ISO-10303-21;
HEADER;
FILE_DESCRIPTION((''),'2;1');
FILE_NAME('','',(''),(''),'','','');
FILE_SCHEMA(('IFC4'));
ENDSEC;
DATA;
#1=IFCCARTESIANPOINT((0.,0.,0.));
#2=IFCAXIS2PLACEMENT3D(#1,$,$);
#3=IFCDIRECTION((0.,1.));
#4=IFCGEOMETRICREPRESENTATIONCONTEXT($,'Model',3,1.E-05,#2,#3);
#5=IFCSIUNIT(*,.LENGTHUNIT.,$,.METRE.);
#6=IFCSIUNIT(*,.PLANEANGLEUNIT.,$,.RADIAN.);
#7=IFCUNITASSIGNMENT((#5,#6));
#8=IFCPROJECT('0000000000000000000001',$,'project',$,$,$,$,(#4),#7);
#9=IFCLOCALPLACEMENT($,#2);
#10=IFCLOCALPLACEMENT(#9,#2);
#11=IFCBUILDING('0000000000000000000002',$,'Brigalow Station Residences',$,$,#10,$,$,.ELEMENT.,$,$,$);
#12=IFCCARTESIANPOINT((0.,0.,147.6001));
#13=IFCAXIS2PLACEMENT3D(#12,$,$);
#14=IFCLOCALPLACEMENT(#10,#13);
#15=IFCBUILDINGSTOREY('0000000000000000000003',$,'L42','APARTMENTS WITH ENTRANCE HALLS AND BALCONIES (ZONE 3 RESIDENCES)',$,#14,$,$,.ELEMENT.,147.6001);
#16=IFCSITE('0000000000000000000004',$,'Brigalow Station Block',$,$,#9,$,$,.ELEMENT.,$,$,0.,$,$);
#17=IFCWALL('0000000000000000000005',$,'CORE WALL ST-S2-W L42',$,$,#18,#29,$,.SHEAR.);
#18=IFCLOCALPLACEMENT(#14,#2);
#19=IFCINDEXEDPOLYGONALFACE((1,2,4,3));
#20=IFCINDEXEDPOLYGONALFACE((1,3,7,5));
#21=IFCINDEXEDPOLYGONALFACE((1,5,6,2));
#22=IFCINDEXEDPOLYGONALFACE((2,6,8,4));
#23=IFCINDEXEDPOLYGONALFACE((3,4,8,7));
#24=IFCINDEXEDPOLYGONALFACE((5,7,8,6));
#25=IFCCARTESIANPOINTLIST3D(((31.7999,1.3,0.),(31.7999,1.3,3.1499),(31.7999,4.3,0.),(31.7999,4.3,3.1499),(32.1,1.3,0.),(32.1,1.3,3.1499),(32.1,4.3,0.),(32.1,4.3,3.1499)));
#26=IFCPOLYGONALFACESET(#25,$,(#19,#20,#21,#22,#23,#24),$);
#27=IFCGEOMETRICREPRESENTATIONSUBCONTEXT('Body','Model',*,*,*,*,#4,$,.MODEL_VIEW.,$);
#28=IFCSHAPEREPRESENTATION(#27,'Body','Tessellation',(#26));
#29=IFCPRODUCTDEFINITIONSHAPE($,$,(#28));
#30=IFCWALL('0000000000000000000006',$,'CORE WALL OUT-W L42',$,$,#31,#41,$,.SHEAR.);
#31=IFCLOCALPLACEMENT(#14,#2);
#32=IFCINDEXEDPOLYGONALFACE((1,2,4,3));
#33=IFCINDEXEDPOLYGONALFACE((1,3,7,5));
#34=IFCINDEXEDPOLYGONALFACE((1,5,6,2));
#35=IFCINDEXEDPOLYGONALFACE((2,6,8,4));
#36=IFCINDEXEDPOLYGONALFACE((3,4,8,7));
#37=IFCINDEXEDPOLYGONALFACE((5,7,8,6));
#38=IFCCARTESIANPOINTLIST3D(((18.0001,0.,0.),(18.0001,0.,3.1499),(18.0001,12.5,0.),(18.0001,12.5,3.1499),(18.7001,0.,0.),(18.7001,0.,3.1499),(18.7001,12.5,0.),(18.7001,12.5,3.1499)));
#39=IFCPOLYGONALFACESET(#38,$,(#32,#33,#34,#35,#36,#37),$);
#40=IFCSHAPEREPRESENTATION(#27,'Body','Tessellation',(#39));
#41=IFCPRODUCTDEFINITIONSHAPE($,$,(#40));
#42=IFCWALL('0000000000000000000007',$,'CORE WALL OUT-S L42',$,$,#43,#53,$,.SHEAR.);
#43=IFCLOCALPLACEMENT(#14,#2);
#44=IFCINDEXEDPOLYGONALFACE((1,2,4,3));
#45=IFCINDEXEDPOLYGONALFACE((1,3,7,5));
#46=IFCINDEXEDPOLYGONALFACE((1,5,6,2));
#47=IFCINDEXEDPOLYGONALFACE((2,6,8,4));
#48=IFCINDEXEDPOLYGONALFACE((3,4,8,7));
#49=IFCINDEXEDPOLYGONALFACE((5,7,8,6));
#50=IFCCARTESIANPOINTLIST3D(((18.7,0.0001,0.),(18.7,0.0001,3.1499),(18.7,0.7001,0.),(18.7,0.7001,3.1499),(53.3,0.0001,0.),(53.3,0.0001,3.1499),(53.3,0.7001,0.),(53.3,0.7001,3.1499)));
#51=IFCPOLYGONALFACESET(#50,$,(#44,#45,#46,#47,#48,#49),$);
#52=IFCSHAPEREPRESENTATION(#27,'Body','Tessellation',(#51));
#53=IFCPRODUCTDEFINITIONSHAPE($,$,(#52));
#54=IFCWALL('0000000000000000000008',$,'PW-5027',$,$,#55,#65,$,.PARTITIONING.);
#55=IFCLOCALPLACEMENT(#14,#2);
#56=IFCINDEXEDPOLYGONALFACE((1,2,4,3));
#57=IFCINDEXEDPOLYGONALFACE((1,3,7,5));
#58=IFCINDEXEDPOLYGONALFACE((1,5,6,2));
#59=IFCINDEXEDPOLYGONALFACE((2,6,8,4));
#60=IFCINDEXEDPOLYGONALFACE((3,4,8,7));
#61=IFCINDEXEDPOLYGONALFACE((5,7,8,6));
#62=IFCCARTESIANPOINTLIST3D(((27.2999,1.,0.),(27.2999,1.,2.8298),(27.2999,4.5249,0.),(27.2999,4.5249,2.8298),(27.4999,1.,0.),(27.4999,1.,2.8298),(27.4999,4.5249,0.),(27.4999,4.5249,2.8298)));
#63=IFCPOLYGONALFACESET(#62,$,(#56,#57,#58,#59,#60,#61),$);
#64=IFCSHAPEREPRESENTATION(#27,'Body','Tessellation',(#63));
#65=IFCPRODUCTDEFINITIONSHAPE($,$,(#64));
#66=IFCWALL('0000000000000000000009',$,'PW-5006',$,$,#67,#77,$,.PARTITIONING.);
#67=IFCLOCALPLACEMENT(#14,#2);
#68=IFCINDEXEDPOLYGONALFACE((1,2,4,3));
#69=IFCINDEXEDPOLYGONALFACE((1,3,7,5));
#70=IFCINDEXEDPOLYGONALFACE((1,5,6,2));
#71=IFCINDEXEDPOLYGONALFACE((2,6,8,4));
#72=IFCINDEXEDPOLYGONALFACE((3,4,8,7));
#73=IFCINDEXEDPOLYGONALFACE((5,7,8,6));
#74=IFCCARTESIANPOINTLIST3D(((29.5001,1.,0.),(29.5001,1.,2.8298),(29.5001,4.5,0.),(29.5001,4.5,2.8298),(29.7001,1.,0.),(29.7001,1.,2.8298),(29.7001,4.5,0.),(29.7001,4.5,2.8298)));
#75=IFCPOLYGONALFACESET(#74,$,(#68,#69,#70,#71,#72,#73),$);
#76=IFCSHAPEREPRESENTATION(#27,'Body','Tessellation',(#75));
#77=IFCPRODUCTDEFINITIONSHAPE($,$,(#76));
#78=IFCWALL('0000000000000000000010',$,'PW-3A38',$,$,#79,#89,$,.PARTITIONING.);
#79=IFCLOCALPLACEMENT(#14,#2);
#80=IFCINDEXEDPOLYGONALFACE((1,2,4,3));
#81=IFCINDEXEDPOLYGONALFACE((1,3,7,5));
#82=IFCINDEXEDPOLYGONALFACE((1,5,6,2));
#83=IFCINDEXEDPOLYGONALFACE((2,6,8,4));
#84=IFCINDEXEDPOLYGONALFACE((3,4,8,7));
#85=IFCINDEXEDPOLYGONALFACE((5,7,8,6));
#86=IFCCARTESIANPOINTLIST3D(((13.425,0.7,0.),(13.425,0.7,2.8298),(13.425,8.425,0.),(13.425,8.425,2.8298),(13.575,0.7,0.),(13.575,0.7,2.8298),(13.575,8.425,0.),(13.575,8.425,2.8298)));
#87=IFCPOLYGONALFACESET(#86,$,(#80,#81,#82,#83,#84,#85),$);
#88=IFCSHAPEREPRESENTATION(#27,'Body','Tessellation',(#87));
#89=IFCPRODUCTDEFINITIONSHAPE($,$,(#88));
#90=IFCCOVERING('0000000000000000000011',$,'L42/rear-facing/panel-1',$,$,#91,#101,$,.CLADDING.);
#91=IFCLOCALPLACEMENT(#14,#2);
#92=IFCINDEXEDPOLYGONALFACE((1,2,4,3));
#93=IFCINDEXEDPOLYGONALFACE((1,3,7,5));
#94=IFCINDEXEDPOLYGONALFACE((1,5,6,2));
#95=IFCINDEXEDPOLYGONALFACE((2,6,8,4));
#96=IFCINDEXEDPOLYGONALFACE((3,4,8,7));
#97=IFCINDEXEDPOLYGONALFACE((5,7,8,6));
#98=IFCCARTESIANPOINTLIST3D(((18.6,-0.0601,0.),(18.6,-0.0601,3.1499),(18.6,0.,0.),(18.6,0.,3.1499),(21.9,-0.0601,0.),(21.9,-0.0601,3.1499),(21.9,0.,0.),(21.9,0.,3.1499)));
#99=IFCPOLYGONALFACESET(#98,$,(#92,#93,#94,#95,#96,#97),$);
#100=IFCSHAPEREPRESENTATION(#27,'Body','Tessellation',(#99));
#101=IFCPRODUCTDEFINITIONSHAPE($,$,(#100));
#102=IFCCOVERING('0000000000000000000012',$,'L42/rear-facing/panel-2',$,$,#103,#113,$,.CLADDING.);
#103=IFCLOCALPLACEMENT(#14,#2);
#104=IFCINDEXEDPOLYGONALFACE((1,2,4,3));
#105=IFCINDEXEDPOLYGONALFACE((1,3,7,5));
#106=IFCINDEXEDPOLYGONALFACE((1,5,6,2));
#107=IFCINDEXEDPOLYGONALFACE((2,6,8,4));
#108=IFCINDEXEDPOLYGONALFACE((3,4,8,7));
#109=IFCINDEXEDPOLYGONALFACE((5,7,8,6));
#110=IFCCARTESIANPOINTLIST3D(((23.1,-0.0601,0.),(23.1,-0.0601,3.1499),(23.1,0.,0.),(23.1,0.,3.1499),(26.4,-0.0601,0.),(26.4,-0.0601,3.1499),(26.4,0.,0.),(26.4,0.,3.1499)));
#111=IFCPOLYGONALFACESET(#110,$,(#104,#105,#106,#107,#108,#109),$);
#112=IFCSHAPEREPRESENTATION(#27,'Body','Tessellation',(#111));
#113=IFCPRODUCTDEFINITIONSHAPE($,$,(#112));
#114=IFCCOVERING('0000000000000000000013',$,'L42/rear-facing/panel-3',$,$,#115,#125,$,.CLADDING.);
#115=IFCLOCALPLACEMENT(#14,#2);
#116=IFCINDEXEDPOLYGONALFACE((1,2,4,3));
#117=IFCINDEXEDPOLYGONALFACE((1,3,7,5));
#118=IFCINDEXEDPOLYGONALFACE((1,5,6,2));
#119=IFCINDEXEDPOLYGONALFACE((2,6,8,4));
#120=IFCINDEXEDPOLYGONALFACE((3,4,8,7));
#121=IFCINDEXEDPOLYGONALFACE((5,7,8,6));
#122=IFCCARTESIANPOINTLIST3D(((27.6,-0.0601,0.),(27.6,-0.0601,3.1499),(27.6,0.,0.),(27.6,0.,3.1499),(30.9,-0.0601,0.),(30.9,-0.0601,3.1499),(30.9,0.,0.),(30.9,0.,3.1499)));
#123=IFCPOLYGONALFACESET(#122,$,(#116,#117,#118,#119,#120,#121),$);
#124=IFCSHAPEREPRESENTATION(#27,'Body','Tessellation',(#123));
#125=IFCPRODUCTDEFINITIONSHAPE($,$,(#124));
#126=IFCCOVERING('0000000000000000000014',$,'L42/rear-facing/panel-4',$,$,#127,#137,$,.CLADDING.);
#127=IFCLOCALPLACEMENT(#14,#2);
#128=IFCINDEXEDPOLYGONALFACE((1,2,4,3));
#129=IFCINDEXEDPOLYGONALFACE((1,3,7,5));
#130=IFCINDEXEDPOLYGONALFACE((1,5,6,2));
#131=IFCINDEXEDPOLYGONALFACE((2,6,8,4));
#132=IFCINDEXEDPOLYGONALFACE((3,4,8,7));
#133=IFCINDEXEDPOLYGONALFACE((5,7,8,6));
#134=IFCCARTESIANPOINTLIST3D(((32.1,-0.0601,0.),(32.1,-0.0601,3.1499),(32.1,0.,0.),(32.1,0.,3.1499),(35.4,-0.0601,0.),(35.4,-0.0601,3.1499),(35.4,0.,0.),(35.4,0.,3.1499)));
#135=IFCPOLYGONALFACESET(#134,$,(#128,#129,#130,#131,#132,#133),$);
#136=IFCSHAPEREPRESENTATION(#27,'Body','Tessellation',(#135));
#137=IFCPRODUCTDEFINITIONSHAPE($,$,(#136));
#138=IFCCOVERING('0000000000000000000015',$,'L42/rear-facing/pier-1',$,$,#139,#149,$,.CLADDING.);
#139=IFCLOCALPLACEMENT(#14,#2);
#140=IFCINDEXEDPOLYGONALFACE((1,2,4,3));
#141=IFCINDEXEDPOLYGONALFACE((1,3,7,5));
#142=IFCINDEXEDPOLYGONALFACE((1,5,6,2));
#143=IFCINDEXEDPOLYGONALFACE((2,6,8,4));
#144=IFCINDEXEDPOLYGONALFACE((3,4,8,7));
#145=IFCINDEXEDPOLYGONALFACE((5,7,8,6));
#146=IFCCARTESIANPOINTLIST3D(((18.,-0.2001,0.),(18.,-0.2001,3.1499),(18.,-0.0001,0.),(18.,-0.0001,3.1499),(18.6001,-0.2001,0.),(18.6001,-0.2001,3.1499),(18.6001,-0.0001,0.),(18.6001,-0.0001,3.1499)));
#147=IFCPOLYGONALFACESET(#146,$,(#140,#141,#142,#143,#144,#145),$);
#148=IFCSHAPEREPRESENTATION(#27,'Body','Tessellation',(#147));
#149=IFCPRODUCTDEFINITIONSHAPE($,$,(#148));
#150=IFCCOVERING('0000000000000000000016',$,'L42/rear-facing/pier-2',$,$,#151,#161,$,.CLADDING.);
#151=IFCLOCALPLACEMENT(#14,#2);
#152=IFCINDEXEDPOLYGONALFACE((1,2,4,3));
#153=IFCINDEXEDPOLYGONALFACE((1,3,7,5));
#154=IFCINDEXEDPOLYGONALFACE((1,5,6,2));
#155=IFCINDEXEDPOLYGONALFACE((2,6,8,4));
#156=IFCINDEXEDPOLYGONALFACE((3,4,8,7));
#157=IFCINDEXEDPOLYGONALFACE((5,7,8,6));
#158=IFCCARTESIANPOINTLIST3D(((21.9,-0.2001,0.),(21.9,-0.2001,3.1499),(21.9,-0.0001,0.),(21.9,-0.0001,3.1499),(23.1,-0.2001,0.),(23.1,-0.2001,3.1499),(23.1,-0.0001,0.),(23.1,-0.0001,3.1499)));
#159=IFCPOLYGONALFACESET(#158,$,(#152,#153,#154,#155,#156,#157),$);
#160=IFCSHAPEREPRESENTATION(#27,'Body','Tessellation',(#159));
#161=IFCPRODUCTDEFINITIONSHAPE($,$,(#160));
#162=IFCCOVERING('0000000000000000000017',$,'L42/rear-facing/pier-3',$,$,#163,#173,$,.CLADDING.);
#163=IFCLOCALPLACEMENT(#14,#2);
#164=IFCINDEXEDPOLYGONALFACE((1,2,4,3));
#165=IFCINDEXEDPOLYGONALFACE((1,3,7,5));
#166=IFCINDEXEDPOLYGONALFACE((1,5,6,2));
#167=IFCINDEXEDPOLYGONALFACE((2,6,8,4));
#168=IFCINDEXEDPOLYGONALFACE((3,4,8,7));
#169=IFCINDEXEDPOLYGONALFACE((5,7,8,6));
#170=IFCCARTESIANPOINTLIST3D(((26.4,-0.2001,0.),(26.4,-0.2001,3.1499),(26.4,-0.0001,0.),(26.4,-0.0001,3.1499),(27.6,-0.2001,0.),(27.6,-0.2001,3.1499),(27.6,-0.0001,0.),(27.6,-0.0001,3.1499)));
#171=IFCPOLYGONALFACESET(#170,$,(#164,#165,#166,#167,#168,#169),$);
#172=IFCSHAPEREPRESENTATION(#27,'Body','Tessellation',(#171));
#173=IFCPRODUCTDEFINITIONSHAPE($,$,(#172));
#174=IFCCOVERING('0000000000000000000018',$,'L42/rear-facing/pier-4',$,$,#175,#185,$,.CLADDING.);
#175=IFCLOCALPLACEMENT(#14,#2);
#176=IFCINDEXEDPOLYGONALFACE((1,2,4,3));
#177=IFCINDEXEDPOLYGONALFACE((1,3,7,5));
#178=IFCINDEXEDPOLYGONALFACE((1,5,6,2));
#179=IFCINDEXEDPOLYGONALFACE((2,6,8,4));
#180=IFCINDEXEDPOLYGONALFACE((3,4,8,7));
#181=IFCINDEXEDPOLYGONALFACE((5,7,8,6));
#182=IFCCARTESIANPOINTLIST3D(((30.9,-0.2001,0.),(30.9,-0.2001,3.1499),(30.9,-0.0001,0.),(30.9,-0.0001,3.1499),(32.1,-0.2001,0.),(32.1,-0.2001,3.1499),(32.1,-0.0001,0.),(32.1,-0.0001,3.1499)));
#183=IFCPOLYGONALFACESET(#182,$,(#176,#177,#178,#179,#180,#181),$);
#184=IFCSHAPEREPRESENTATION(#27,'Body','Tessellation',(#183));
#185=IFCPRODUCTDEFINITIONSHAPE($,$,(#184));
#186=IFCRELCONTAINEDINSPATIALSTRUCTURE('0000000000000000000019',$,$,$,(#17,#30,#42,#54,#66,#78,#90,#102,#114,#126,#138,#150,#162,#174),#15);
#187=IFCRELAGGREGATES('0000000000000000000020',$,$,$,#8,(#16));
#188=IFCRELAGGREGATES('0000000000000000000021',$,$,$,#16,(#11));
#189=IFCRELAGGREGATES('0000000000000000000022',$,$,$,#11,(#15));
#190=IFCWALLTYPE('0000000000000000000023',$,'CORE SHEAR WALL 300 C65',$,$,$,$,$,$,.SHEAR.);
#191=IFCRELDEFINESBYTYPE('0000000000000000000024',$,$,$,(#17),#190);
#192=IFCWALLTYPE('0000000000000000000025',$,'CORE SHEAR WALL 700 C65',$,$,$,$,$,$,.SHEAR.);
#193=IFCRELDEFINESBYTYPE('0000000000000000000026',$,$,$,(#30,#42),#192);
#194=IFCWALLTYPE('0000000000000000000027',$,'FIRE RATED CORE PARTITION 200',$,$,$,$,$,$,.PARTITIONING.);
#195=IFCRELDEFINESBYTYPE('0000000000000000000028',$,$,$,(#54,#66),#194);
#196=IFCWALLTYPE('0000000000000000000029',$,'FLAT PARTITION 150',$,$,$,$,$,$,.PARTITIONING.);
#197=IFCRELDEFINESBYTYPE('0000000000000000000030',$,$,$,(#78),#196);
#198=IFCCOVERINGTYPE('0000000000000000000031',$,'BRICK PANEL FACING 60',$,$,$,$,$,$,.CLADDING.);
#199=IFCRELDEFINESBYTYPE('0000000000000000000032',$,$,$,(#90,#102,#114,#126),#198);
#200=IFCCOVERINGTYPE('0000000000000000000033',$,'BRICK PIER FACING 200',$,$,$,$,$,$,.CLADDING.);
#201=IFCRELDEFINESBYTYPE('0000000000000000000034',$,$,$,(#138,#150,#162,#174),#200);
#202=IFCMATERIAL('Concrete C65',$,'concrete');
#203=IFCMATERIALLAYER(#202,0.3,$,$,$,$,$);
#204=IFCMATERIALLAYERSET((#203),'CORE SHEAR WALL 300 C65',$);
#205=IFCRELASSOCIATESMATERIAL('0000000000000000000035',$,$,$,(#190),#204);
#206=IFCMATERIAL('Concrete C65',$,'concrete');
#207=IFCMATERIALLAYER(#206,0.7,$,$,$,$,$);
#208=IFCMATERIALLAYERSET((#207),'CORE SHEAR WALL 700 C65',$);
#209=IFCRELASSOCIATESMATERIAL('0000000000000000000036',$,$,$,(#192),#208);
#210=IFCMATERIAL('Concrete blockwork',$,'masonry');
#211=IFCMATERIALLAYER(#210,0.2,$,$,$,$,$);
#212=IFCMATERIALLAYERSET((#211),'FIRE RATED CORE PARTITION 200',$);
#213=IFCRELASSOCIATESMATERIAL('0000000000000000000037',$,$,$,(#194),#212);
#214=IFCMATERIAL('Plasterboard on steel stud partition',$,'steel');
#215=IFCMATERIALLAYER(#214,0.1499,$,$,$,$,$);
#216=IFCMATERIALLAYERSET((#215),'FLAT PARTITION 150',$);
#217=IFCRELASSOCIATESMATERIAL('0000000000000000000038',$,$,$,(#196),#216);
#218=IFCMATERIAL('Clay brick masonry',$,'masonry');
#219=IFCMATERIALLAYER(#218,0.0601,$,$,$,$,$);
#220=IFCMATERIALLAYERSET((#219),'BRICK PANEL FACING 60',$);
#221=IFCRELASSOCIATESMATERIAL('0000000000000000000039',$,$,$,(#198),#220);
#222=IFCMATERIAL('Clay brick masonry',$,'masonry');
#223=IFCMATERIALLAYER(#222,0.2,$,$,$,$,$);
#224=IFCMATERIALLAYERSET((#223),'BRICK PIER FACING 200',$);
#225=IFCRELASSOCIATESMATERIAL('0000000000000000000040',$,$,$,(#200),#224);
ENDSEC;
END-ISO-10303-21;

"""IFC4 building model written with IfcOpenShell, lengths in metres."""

from ifc_helpers import new_model, si_unit, direction, frame, frame_2d, origin, origin_2d, place, context, subcontext, project, spatial, rectangle, extrude, material, layer, layer_set, type_object, element, save


model = new_model("IFC4")

# Units and contexts
model_context = context("Model", 3, precision=1e-05, world=origin(), true_north=direction((0.0, 1.0)))
body_context = subcontext(model_context, "Body", "Model", "MODEL_VIEW")
ifc_project = project(units=[si_unit("LENGTHUNIT", "METRE"), si_unit("PLANEANGLEUNIT", "RADIAN")], contexts=[model_context])

# Site, building, storey
site_placement = place(None, origin())
site = spatial("IfcSite", under=ifc_project, at=site_placement, Name="Brigalow Station Block", CompositionType="ELEMENT", RefElevation=0.0)
building_placement = place(site_placement, origin())
building = spatial("IfcBuilding", under=site, at=building_placement, Name="Brigalow Station Residences", CompositionType="ELEMENT")
storey_placement = place(building_placement, frame((0.0, 0.0, 147.6001)))
storey = spatial("IfcBuildingStorey", under=building, at=storey_placement, Name="L42", Description="APARTMENTS WITH ENTRANCE HALLS AND BALCONIES (ZONE 3 RESIDENCES)", CompositionType="ELEMENT", Elevation=147.6001)

# Shared definitions
ifc_material_1 = material(Name="Concrete C65", Category="concrete")
ifc_layer_1 = layer(ifc_material_1, 0.3)
ifc_layer_set_1 = layer_set([ifc_layer_1], Name="CORE SHEAR WALL 300 C65")
wall_type_1 = type_object("IfcWallType", Name="CORE SHEAR WALL 300 C65", PredefinedType="SHEAR", material=ifc_layer_set_1)

# Walls
wall_1_placement = place(storey_placement, frame((31.95, 1.3, 0.0), z_axis=(0.0, 0.0, 1.0), x_axis=(0.0, 1.0, 0.0)))
element("IfcWall", 1, at=wall_1_placement, inside=storey, type_object=wall_type_1, Name="CORE WALL ST-S2-W L42", PredefinedType="SHEAR", context=body_context, shape_type="SweptSolid", body=[
    extrude(rectangle(XDim=3.0, YDim=0.3, at=frame_2d((1.5, 0.0))), origin(), (0.0, 0.0, 1.0), 3.1499),
])
ifc_material_2 = material(Name="Concrete C65", Category="concrete")
ifc_layer_2 = layer(ifc_material_2, 0.7)
ifc_layer_set_2 = layer_set([ifc_layer_2], Name="CORE SHEAR WALL 700 C65")
wall_type_2 = type_object("IfcWallType", Name="CORE SHEAR WALL 700 C65", PredefinedType="SHEAR", material=ifc_layer_set_2)
wall_2_placement = place(storey_placement, frame((18.3501, 0.0, 0.0), z_axis=(0.0, 0.0, 1.0), x_axis=(0.0, 1.0, 0.0)))
element("IfcWall", 2, at=wall_2_placement, inside=storey, type_object=wall_type_2, Name="CORE WALL OUT-W L42", PredefinedType="SHEAR", context=body_context, shape_type="SweptSolid", body=[
    extrude(rectangle(XDim=12.5, YDim=0.7, at=frame_2d((6.25, 0.0))), origin(), (0.0, 0.0, 1.0), 3.1499),
])
wall_3_placement = place(storey_placement, frame((18.7, 0.3501, 0.0), z_axis=(0.0, 0.0, 1.0), x_axis=(1.0, 0.0, 0.0)))
element("IfcWall", 3, at=wall_3_placement, inside=storey, type_object=wall_type_2, Name="CORE WALL OUT-S L42", PredefinedType="SHEAR", context=body_context, shape_type="SweptSolid", body=[
    extrude(rectangle(XDim=34.6001, YDim=0.7, at=frame_2d((17.3, 0.0))), origin(), (0.0, 0.0, 1.0), 3.1499),
])
ifc_material_3 = material(Name="Concrete blockwork", Category="masonry")
ifc_layer_3 = layer(ifc_material_3, 0.2)
ifc_layer_set_3 = layer_set([ifc_layer_3], Name="FIRE RATED CORE PARTITION 200")
wall_type_3 = type_object("IfcWallType", Name="FIRE RATED CORE PARTITION 200", PredefinedType="PARTITIONING", material=ifc_layer_set_3)
wall_4_placement = place(storey_placement, frame((27.3999, 1.0, 0.0), z_axis=(0.0, 0.0, 1.0), x_axis=(0.0, 1.0, 0.0)))
element("IfcWall", 4, at=wall_4_placement, inside=storey, type_object=wall_type_3, Name="PW-5027", PredefinedType="PARTITIONING", context=body_context, shape_type="SweptSolid", body=[
    extrude(rectangle(XDim=3.5249, YDim=0.2, at=frame_2d((1.7625, 0.0))), origin(), (0.0, 0.0, 1.0), 2.8298),
])
wall_5_placement = place(storey_placement, frame((29.6001, 1.0, 0.0), z_axis=(0.0, 0.0, 1.0), x_axis=(0.0, 1.0, 0.0)))
element("IfcWall", 5, at=wall_5_placement, inside=storey, type_object=wall_type_3, Name="PW-5006", PredefinedType="PARTITIONING", context=body_context, shape_type="SweptSolid", body=[
    extrude(rectangle(XDim=3.5, YDim=0.2, at=frame_2d((1.75, 0.0))), origin(), (0.0, 0.0, 1.0), 2.8298),
])
ifc_material_4 = material(Name="Plasterboard on steel stud partition", Category="steel")
ifc_layer_4 = layer(ifc_material_4, 0.1499)
ifc_layer_set_4 = layer_set([ifc_layer_4], Name="FLAT PARTITION 150")
wall_type_4 = type_object("IfcWallType", Name="FLAT PARTITION 150", PredefinedType="PARTITIONING", material=ifc_layer_set_4)
wall_6_placement = place(storey_placement, frame((13.5, 0.7, 0.0), z_axis=(0.0, 0.0, 1.0), x_axis=(0.0, 1.0, 0.0)))
element("IfcWall", 6, at=wall_6_placement, inside=storey, type_object=wall_type_4, Name="PW-3A38", PredefinedType="PARTITIONING", context=body_context, shape_type="SweptSolid", body=[
    extrude(rectangle(XDim=7.7251, YDim=0.1499, at=frame_2d((3.8625, 0.0))), origin(), (0.0, 0.0, 1.0), 2.8298),
])

# Coverings
ifc_material_5 = material(Name="Clay brick masonry", Category="masonry")
ifc_layer_5 = layer(ifc_material_5, 0.0601)
ifc_layer_set_5 = layer_set([ifc_layer_5], Name="BRICK PANEL FACING 60")
covering_type_1 = type_object("IfcCoveringType", Name="BRICK PANEL FACING 60", PredefinedType="CLADDING", material=ifc_layer_set_5)
for number, where, z_axis, x_axis, name in (
    (7, (20.25, -0.03, 0.0), (0.0, 0.0, 1.0), (1.0, 0.0, 0.0), "L42/rear-facing/panel-1"),
    (8, (24.75, -0.03, 0.0), (0.0, 0.0, 1.0), (1.0, 0.0, 0.0), "L42/rear-facing/panel-2"),
    (9, (29.25, -0.03, 0.0), (0.0, 0.0, 1.0), (1.0, 0.0, 0.0), "L42/rear-facing/panel-3"),
    (10, (33.75, -0.03, 0.0), (0.0, 0.0, 1.0), (1.0, 0.0, 0.0), "L42/rear-facing/panel-4"),
):
    element("IfcCovering", number, at=place(storey_placement, frame(where, z_axis=z_axis, x_axis=x_axis)), inside=storey, type_object=covering_type_1, Name=name, PredefinedType="CLADDING", context=body_context, shape_type="SweptSolid", body=[
        extrude(rectangle(XDim=3.3, YDim=0.0601, at=origin_2d()), origin(), (0.0, 0.0, 1.0), 3.1499),
    ])
ifc_material_6 = material(Name="Clay brick masonry", Category="masonry")
ifc_layer_6 = layer(ifc_material_6, 0.2)
ifc_layer_set_6 = layer_set([ifc_layer_6], Name="BRICK PIER FACING 200")
covering_type_2 = type_object("IfcCoveringType", Name="BRICK PIER FACING 200", PredefinedType="CLADDING", material=ifc_layer_set_6)
covering_placement = place(storey_placement, frame((18.3, -0.1001, 0.0), z_axis=(0.0, 0.0, 1.0), x_axis=(1.0, 0.0, 0.0)))
element("IfcCovering", 11, at=covering_placement, inside=storey, type_object=covering_type_2, Name="L42/rear-facing/pier-1", PredefinedType="CLADDING", context=body_context, shape_type="SweptSolid", body=[
    extrude(rectangle(XDim=0.6001, YDim=0.2, at=origin_2d()), origin(), (0.0, 0.0, 1.0), 3.1499),
])
for number, where, z_axis, x_axis, name in (
    (12, (22.5, -0.1001, 0.0), (0.0, 0.0, 1.0), (1.0, 0.0, 0.0), "L42/rear-facing/pier-2"),
    (13, (27.0, -0.1001, 0.0), (0.0, 0.0, 1.0), (1.0, 0.0, 0.0), "L42/rear-facing/pier-3"),
    (14, (31.5, -0.1001, 0.0), (0.0, 0.0, 1.0), (1.0, 0.0, 0.0), "L42/rear-facing/pier-4"),
):
    element("IfcCovering", number, at=place(storey_placement, frame(where, z_axis=z_axis, x_axis=x_axis)), inside=storey, type_object=covering_type_2, Name=name, PredefinedType="CLADDING", context=body_context, shape_type="SweptSolid", body=[
        extrude(rectangle(XDim=1.2, YDim=0.2, at=origin_2d()), origin(), (0.0, 0.0, 1.0), 3.1499),
    ])

save(model, "model.ifc")
